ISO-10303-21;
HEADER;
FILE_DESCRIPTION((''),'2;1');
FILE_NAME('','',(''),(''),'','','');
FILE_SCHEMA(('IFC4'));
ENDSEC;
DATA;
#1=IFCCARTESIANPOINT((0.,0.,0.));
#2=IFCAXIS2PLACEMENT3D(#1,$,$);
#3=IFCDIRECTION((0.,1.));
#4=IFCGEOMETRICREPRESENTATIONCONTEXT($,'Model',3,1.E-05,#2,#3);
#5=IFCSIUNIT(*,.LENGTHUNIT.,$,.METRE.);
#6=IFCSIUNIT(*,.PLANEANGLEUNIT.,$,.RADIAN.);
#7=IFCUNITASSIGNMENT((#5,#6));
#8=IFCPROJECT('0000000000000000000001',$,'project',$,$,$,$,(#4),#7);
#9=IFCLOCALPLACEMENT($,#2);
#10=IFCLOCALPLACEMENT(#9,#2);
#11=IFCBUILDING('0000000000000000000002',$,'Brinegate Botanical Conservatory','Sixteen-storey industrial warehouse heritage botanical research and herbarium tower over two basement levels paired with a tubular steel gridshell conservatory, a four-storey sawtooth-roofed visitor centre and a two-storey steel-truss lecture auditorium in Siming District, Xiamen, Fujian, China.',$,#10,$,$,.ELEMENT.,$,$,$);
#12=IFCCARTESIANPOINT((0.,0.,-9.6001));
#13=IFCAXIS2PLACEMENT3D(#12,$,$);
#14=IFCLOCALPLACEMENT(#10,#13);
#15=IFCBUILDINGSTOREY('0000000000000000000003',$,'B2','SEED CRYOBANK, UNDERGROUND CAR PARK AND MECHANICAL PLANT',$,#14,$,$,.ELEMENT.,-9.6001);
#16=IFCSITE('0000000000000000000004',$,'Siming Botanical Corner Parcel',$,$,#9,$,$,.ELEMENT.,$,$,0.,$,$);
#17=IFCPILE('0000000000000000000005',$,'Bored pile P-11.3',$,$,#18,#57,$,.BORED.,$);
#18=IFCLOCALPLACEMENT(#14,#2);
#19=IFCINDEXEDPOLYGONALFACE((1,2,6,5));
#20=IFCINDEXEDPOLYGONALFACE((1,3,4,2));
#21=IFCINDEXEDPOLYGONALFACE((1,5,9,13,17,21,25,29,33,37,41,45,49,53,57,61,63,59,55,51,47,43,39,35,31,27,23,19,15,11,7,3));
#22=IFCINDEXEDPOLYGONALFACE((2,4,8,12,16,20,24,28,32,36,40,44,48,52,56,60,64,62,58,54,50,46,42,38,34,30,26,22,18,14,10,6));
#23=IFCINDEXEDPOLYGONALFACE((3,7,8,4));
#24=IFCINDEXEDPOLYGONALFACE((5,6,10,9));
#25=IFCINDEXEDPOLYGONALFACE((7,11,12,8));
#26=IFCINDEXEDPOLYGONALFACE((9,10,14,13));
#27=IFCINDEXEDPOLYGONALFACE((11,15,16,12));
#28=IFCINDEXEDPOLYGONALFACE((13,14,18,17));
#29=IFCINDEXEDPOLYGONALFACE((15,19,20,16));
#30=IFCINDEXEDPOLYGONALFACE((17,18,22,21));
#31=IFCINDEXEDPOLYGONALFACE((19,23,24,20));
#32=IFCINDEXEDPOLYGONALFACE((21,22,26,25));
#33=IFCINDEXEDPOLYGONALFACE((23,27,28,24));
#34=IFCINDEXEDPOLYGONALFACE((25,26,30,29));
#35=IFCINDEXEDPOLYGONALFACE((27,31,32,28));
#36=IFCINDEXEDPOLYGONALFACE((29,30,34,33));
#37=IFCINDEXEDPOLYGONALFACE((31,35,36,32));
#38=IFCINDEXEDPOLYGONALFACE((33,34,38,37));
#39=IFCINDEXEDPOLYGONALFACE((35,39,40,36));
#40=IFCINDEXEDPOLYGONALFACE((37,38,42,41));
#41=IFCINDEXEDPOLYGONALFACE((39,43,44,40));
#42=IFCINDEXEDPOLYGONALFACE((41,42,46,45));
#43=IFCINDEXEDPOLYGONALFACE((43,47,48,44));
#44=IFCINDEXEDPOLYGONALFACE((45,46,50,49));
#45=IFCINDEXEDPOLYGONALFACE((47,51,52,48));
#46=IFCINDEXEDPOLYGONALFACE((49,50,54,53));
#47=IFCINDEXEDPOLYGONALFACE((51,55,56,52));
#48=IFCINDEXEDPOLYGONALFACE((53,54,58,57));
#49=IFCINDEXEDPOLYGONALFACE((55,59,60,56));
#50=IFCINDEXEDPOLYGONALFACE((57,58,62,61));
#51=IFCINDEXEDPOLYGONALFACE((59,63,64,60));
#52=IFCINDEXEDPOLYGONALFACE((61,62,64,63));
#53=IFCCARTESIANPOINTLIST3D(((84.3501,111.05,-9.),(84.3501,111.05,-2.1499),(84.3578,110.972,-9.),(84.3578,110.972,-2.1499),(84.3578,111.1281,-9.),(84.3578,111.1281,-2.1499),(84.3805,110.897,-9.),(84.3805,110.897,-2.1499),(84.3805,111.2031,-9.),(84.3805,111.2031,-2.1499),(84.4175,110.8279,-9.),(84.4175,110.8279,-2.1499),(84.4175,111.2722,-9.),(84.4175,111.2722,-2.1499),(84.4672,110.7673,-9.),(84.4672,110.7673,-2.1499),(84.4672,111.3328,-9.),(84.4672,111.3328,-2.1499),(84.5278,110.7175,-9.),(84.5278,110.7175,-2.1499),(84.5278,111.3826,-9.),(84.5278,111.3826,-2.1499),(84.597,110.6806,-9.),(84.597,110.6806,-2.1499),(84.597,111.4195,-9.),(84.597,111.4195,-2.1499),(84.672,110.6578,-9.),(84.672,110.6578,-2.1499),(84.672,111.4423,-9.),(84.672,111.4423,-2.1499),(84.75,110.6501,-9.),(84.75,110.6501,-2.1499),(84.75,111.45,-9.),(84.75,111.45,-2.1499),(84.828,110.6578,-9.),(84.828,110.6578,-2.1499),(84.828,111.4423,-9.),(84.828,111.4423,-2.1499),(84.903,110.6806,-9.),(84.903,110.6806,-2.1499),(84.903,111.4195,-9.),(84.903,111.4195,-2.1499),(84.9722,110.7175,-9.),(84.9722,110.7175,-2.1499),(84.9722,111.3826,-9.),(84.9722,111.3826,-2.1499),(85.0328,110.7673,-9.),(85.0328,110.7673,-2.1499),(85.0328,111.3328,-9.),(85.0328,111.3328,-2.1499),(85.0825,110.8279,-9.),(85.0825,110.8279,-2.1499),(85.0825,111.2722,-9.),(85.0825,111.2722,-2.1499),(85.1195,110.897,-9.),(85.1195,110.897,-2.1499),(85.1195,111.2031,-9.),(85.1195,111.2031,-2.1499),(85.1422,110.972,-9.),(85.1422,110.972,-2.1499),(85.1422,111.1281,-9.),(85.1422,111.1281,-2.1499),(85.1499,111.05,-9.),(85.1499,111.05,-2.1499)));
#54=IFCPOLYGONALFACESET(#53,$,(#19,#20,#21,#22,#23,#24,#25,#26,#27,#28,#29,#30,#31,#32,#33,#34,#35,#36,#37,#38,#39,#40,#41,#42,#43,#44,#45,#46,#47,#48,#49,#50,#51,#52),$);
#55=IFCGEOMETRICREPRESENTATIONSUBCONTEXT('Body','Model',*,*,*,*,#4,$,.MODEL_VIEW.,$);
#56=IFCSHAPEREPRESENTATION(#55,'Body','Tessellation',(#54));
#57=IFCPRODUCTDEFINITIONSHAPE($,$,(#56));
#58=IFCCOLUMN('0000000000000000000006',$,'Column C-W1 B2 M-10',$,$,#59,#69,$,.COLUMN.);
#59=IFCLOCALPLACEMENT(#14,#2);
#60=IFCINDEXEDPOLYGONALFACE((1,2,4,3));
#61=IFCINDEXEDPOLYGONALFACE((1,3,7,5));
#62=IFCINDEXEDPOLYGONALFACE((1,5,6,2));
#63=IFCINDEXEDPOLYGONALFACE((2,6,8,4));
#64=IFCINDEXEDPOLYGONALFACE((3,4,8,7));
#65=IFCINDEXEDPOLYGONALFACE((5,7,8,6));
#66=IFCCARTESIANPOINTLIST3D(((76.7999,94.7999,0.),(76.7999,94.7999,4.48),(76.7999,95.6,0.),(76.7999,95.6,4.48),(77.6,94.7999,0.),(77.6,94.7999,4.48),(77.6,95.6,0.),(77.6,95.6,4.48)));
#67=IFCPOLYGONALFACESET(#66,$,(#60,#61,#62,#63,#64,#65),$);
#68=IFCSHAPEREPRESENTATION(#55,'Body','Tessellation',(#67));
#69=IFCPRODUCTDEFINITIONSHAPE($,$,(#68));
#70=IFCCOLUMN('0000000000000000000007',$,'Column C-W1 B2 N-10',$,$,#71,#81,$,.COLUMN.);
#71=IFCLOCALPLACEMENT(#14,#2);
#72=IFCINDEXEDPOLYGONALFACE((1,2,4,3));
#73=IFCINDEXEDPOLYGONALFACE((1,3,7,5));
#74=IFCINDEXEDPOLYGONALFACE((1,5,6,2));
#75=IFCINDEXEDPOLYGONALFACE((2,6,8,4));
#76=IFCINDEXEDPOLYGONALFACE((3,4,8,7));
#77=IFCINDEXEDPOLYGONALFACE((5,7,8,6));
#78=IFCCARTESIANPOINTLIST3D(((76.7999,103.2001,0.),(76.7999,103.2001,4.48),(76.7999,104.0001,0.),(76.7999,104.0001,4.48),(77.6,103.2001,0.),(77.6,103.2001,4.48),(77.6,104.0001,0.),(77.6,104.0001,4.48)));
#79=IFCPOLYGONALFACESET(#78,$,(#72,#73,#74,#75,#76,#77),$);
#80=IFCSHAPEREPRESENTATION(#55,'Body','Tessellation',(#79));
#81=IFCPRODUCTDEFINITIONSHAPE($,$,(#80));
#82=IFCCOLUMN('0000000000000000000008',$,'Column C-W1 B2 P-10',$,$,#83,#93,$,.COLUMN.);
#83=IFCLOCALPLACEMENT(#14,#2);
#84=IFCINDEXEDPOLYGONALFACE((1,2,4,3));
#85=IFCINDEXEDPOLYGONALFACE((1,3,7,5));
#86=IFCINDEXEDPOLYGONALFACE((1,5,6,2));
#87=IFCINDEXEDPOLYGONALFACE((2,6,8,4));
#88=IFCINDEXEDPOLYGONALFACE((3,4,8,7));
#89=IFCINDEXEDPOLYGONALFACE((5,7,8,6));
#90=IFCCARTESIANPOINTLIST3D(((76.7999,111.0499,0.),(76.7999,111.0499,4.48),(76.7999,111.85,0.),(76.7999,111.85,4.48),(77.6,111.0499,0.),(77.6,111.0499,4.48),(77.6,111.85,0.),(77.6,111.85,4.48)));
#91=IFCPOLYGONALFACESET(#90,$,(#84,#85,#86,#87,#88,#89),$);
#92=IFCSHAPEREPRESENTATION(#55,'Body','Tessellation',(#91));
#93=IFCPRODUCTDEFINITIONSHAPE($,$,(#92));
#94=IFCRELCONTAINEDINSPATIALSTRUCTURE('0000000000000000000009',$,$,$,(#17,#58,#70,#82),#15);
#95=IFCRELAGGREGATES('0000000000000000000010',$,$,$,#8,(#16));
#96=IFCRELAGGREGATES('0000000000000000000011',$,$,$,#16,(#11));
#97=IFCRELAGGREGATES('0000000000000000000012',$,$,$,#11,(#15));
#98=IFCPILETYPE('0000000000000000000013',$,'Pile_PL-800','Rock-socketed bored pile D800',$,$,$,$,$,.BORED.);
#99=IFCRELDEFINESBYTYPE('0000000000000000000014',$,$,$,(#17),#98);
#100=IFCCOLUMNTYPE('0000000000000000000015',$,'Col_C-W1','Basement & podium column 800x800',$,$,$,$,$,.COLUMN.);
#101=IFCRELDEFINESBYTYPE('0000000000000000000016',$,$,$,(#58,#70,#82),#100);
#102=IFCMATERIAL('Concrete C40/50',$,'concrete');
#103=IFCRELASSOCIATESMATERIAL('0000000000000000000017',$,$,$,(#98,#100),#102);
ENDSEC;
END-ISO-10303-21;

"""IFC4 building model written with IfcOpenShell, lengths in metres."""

from ifc_helpers import new_model, si_unit, direction, frame, origin, origin_2d, place, context, subcontext, project, spatial, rectangle, circle, extrude, material, material_profile, profile_set, type_object, element, save


model = new_model("IFC4")

# Units and contexts
model_context = context("Model", 3, precision=1e-05, world=origin(), true_north=direction((0.0, 1.0)))
body_context = subcontext(model_context, "Body", "Model", "MODEL_VIEW")
ifc_project = project(units=[si_unit("LENGTHUNIT", "METRE"), si_unit("PLANEANGLEUNIT", "RADIAN")], contexts=[model_context])

# Site, building, storey
site_placement = place(None, origin())
site = spatial("IfcSite", under=ifc_project, at=site_placement, Name="Siming Botanical Corner Parcel", CompositionType="ELEMENT", RefElevation=0.0)
building_placement = place(site_placement, origin())
building = spatial("IfcBuilding", under=site, at=building_placement, Name="Brinegate Botanical Conservatory", Description="Sixteen-storey industrial warehouse heritage botanical research and herbarium tower over two basement levels paired with a tubular steel gridshell conservatory, a four-storey sawtooth-roofed visitor centre and a two-storey steel-truss lecture auditorium in Siming District, Xiamen, Fujian, China.", CompositionType="ELEMENT")
storey_placement = place(building_placement, frame((0.0, 0.0, -9.6001)))
storey = spatial("IfcBuildingStorey", under=building, at=storey_placement, Name="B2", Description="SEED CRYOBANK, UNDERGROUND CAR PARK AND MECHANICAL PLANT", CompositionType="ELEMENT", Elevation=-9.6001)

# Shared definitions
ifc_material = material(Name="Concrete C40/50", Category="concrete")

# Pile
ifc_material_profile_1 = material_profile(ifc_material, circle(Radius=0.3999, at=origin_2d()), Name="PILE D800")
ifc_profile_set_1 = profile_set([ifc_material_profile_1], Name="Concrete C40/50")
pile_type = type_object("IfcPileType", Name="Pile_PL-800", Description="Rock-socketed bored pile D800", PredefinedType="BORED", material=ifc_profile_set_1)
for number, where, z_axis, x_axis, name in (
    (1, (84.75, 111.05, -2.1499), (0.0, 0.0, -1.0), (1.0, 0.0, 0.0), "Bored pile P-11.3"),
):
    element("IfcPile", number, at=place(storey_placement, frame(where, z_axis=z_axis, x_axis=x_axis)), inside=storey, type_object=pile_type, Name=name, PredefinedType="BORED", context=body_context, shape_type="SweptSolid", body=[
        extrude(circle(Radius=0.3999, at=origin_2d()), origin(), (0.0, 0.0, 1.0), 6.8501),
    ])

# Columns
ifc_material_profile_2 = material_profile(ifc_material, rectangle(XDim=0.8, YDim=0.8, at=origin_2d()), Name="RC COL 800x800")
ifc_profile_set_2 = profile_set([ifc_material_profile_2], Name="Concrete C40/50")
column_type = type_object("IfcColumnType", Name="Col_C-W1", Description="Basement & podium column 800x800", PredefinedType="COLUMN", material=ifc_profile_set_2)
for number, where, z_axis, x_axis, name in (
    (2, (77.2, 95.2, 0.0), (0.0, 0.0, 1.0), (1.0, 0.0, 0.0), "Column C-W1 B2 M-10"),
    (3, (77.2, 103.6001, 0.0), (0.0, 0.0, 1.0), (1.0, 0.0, 0.0), "Column C-W1 B2 N-10"),
    (4, (77.2, 111.45, 0.0), (0.0, 0.0, 1.0), (1.0, 0.0, 0.0), "Column C-W1 B2 P-10"),
):
    element("IfcColumn", number, at=place(storey_placement, frame(where, z_axis=z_axis, x_axis=x_axis)), inside=storey, type_object=column_type, Name=name, PredefinedType="COLUMN", context=body_context, shape_type="SweptSolid", body=[
        extrude(rectangle(XDim=0.8, YDim=0.8, at=origin_2d()), origin(), (0.0, 0.0, 1.0), 4.48),
    ])

save(model, "model.ifc")
